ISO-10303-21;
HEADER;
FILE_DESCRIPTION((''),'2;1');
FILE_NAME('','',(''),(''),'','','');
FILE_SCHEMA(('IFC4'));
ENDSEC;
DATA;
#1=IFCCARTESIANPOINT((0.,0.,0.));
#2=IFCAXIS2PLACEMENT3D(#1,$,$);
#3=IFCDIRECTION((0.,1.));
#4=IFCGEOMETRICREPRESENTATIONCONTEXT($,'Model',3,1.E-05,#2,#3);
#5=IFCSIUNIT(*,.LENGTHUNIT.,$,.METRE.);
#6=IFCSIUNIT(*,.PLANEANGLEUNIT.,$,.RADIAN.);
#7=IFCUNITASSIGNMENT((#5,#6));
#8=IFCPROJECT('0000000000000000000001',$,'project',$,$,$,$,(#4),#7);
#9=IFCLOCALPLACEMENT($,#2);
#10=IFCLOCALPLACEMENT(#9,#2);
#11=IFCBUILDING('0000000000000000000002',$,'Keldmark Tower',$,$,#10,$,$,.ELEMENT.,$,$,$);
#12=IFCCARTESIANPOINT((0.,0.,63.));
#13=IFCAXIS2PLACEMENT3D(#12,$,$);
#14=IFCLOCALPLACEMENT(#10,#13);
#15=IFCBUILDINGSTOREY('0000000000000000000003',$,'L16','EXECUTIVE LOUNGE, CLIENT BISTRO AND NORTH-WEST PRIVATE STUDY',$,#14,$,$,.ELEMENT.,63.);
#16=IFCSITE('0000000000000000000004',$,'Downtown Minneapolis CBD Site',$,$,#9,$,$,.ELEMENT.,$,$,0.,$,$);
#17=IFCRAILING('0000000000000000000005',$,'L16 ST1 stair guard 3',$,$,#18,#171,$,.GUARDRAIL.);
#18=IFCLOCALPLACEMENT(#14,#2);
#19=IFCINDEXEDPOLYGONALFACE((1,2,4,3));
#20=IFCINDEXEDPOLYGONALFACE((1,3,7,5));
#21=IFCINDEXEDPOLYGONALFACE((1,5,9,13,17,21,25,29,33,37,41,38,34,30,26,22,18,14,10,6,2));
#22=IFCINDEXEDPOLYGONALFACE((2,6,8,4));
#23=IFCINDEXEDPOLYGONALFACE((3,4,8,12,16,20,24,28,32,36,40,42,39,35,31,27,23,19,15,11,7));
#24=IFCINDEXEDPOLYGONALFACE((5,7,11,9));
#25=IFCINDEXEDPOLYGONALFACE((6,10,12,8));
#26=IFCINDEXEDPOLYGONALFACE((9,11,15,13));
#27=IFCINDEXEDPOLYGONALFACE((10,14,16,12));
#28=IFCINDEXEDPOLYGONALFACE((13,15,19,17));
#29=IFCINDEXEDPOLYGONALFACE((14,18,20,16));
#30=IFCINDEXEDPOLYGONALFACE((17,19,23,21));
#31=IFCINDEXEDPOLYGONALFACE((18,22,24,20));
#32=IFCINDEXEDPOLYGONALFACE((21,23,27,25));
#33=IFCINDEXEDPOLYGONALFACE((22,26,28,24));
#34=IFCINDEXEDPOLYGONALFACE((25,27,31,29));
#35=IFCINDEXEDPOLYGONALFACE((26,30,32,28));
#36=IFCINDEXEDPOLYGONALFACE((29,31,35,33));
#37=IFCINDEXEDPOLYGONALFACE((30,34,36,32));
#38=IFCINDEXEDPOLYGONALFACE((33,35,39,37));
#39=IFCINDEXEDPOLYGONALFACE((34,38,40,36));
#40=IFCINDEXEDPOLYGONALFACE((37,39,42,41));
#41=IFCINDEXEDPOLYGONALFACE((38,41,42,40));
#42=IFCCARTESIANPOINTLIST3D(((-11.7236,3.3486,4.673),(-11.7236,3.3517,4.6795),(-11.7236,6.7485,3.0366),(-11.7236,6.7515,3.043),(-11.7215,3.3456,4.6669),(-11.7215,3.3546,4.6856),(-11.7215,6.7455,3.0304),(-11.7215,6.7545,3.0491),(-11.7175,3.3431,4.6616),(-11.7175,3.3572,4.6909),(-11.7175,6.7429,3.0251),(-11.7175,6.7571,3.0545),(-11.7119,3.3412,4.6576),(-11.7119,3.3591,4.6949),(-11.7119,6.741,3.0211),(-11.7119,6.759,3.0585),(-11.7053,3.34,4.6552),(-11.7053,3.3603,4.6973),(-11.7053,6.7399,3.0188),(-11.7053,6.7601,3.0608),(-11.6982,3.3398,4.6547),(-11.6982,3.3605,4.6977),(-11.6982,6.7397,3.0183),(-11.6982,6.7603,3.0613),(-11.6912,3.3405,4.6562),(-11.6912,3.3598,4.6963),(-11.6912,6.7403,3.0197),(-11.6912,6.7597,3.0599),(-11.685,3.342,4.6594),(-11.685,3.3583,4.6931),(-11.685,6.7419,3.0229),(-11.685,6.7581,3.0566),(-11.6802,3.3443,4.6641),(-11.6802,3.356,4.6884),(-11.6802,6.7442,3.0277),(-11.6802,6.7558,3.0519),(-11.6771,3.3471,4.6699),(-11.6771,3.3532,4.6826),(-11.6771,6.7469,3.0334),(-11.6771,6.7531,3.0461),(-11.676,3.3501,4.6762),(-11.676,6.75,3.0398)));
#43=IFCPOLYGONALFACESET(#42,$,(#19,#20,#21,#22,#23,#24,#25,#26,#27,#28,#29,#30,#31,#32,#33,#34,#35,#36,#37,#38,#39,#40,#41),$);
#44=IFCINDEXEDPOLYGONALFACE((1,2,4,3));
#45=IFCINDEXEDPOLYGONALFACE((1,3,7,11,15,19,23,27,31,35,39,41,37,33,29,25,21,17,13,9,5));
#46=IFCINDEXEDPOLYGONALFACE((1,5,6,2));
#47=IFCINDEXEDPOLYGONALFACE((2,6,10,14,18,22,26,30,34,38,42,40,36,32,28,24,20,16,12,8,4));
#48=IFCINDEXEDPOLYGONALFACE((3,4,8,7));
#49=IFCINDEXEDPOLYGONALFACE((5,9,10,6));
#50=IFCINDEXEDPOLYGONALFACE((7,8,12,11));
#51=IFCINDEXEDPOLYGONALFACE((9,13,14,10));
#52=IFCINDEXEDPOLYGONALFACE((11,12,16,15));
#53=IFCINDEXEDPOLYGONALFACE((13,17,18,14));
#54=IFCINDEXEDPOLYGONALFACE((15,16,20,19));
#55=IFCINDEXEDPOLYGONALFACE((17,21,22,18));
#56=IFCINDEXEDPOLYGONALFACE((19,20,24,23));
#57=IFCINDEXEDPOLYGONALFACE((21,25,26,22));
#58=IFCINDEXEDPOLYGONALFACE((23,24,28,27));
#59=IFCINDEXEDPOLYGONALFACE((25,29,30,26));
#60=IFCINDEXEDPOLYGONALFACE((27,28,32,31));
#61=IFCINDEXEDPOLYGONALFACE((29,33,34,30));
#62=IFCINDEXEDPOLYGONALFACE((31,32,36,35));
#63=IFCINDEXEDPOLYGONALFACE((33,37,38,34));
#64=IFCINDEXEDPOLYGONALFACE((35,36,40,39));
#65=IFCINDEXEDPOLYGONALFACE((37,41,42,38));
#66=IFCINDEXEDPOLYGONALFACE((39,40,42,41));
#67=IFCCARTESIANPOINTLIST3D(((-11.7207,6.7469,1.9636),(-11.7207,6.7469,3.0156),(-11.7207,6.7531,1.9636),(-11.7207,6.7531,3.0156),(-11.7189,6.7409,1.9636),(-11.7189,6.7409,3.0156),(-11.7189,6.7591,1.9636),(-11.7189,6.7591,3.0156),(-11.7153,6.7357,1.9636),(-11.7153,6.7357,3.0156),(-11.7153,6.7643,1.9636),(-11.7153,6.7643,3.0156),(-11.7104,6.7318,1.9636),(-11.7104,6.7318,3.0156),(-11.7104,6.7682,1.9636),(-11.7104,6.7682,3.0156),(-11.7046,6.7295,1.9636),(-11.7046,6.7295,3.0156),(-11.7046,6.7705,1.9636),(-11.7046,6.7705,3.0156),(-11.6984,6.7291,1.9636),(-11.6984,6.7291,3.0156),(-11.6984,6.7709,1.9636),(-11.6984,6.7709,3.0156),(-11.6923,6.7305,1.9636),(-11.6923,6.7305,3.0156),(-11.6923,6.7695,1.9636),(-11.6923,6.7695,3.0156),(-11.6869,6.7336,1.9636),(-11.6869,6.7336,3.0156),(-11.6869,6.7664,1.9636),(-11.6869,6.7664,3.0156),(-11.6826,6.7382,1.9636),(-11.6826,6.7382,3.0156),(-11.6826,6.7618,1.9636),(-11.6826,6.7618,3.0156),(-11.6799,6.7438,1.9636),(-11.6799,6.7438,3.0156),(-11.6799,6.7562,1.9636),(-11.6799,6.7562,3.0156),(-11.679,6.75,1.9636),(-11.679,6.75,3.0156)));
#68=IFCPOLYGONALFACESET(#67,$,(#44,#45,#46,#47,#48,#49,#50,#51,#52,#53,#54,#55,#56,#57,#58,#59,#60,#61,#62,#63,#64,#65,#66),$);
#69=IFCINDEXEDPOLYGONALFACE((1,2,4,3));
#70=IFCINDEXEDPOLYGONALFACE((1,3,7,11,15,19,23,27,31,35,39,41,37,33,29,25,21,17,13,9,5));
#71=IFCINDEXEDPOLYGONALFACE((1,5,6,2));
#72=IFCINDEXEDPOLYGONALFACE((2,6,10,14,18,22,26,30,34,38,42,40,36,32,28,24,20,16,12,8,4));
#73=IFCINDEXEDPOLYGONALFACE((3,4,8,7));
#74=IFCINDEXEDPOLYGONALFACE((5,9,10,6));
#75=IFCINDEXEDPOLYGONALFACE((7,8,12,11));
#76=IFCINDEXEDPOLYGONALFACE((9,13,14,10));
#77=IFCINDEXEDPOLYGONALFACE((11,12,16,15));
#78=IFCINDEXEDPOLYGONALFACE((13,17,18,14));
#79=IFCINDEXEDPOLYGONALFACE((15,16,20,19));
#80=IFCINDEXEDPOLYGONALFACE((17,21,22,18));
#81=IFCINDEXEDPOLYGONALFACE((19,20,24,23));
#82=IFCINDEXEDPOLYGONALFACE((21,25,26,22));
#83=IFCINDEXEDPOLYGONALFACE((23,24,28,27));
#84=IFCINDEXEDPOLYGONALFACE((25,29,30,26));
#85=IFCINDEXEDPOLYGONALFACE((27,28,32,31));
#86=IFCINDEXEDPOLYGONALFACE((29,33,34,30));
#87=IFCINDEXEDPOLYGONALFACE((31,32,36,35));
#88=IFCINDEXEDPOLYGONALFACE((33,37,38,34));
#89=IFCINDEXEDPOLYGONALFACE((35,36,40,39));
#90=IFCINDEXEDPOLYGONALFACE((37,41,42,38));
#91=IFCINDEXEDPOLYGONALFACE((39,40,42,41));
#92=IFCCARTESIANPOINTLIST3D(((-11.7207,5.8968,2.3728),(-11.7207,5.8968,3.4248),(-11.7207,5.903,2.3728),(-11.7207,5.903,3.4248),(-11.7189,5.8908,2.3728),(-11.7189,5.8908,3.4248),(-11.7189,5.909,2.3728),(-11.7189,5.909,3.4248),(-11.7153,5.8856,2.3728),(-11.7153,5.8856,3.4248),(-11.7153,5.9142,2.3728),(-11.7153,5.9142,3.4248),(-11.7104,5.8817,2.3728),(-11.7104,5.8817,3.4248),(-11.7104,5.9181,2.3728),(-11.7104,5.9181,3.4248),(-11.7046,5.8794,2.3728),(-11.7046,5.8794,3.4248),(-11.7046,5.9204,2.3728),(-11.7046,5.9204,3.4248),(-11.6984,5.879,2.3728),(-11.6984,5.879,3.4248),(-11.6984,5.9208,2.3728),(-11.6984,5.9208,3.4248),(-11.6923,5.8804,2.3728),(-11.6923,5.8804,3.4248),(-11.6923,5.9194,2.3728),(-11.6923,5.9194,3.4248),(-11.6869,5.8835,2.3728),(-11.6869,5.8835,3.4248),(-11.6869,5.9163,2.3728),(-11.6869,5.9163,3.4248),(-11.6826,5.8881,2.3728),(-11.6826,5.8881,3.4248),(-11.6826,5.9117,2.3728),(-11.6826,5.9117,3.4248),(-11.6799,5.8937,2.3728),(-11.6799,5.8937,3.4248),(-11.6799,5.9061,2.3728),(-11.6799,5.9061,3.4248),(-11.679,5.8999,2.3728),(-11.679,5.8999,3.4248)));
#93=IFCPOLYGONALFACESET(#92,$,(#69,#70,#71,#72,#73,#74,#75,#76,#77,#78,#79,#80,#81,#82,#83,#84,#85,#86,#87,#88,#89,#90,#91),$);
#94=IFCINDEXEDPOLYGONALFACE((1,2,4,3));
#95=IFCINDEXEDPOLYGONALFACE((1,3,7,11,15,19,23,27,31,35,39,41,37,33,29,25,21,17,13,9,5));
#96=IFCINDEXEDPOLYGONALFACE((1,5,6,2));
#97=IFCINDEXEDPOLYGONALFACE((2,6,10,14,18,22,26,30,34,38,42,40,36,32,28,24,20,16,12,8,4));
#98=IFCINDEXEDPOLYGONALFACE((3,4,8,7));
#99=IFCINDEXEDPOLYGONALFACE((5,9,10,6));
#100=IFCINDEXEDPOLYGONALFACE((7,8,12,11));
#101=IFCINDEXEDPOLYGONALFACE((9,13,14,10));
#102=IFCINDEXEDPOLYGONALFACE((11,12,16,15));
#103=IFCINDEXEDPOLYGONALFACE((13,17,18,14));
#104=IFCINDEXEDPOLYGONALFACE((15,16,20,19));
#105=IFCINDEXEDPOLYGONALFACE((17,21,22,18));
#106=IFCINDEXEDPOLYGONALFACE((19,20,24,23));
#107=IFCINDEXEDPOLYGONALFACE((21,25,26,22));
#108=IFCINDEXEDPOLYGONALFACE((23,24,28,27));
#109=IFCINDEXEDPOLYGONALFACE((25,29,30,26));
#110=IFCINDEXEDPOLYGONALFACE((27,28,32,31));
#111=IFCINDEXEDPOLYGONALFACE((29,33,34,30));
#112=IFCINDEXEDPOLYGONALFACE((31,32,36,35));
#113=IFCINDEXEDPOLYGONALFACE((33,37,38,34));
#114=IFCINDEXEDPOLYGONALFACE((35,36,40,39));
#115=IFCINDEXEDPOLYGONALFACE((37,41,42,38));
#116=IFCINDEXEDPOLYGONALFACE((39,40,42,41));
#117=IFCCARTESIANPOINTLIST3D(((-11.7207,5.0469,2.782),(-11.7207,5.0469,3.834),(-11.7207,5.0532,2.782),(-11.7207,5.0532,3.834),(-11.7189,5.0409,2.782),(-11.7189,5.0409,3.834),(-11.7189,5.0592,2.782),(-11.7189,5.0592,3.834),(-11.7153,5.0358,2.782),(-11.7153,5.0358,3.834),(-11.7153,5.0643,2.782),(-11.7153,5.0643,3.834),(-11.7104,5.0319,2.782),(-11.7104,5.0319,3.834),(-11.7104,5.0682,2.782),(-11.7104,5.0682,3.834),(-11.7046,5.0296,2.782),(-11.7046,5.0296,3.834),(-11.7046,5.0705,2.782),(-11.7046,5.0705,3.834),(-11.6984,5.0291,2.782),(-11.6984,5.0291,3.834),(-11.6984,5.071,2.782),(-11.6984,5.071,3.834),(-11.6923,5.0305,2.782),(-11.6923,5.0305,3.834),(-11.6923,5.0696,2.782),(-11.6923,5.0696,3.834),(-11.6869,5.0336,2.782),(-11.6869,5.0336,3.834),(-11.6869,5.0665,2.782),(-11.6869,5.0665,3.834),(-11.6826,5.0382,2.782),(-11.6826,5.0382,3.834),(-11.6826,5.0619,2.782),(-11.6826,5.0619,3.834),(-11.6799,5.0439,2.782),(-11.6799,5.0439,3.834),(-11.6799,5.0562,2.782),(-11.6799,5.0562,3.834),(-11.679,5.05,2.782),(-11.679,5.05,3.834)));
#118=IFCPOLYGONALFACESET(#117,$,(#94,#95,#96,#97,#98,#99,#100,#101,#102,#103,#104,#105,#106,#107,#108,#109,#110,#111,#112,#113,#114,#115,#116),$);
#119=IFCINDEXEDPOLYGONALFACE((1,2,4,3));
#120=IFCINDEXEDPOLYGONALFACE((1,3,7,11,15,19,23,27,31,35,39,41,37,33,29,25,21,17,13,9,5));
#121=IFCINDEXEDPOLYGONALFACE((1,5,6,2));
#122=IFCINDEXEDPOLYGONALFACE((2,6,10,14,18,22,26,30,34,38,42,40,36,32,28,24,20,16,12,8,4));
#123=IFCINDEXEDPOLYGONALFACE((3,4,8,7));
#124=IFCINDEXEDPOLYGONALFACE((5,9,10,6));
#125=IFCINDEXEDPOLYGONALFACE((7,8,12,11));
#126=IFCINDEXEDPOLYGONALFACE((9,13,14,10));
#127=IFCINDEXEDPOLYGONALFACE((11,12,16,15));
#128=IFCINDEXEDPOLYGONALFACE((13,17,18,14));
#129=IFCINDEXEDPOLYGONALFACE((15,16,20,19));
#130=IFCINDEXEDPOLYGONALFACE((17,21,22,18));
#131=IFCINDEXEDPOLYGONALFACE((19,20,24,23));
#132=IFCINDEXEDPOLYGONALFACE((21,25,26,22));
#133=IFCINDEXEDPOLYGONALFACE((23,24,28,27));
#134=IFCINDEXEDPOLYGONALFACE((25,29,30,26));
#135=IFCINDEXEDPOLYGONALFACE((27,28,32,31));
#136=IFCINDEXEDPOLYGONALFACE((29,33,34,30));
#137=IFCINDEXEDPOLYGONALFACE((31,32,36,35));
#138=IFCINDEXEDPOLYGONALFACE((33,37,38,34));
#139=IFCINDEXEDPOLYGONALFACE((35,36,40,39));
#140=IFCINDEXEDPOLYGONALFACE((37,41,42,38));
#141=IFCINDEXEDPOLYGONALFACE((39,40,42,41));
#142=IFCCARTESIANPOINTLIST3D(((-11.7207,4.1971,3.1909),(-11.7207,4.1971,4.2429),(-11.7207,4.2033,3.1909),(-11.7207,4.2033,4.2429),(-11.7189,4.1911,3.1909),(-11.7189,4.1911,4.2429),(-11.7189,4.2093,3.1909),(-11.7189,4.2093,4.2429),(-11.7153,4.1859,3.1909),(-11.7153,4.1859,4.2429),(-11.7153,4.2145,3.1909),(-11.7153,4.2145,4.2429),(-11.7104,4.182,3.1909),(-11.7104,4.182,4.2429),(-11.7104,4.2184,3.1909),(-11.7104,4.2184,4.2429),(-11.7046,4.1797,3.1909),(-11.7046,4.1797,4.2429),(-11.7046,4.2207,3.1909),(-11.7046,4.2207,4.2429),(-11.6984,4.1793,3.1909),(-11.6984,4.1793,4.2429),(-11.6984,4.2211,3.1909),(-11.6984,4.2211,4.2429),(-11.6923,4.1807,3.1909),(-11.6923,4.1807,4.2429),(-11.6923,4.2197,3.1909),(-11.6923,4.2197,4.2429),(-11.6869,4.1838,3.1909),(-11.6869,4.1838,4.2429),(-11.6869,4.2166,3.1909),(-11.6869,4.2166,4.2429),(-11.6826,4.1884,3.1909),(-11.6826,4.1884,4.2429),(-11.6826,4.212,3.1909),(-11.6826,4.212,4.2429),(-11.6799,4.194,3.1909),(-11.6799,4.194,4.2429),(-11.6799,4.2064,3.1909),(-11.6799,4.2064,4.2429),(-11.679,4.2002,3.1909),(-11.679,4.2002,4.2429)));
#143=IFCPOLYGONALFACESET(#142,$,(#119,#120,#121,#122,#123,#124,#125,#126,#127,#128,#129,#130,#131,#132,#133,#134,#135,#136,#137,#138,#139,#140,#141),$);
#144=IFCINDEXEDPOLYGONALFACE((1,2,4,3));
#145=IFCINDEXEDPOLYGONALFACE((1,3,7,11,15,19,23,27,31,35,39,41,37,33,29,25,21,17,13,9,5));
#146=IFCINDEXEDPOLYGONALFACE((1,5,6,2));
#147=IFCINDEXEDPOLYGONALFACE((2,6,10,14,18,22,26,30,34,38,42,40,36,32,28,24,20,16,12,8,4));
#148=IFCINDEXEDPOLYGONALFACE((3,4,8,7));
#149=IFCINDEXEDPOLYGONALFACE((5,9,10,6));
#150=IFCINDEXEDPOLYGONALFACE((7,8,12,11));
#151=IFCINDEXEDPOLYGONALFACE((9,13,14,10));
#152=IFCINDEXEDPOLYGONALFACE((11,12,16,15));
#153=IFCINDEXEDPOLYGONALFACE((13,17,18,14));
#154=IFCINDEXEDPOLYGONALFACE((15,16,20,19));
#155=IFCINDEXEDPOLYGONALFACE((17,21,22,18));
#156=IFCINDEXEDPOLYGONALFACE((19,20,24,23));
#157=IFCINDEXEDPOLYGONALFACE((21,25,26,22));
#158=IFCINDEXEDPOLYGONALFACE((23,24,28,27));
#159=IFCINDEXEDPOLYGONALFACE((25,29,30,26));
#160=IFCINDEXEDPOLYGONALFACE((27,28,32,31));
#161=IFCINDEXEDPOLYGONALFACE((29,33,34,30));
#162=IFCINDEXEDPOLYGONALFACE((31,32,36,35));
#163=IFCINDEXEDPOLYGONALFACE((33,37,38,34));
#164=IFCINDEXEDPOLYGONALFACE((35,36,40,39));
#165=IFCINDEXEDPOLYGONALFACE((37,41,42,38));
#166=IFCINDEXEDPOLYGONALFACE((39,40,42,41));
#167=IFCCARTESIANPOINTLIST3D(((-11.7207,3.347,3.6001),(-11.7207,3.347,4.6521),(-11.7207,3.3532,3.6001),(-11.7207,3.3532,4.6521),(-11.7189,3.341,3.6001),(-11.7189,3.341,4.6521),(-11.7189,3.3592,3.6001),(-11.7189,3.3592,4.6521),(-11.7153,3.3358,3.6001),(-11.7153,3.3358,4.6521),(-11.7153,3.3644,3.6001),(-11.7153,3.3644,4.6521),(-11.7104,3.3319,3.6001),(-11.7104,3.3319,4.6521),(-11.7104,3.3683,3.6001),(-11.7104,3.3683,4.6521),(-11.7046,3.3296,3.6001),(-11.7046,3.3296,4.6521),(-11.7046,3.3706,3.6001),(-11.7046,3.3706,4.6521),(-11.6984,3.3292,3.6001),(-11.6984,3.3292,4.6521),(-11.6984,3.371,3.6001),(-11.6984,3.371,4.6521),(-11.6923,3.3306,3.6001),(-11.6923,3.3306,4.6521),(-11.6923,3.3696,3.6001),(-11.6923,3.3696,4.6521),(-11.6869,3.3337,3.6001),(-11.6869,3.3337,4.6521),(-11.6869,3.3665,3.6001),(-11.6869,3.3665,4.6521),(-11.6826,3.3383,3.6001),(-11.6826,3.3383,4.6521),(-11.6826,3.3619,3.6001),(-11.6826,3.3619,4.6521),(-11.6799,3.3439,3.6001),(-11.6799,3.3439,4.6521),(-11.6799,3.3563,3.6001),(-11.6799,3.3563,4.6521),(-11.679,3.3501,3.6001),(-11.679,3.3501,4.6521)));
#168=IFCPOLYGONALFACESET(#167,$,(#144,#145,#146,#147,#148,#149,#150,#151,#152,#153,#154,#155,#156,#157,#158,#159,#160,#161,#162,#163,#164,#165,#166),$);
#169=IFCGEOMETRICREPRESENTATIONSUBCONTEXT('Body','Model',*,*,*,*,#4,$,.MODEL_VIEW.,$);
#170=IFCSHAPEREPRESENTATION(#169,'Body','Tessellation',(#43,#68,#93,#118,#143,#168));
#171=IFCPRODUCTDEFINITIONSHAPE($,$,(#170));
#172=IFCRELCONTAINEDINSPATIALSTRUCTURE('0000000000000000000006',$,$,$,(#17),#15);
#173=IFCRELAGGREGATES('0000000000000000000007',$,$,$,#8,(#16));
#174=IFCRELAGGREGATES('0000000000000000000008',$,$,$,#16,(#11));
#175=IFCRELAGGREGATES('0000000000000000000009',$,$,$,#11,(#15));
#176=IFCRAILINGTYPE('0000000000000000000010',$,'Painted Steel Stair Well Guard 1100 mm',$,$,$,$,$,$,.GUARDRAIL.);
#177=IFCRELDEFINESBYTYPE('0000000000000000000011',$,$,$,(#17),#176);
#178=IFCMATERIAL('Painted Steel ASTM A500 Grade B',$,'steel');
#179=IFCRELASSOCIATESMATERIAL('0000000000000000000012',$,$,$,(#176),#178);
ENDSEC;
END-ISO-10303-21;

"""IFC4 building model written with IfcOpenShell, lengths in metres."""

from ifc_helpers import new_model, si_unit, direction, frame, origin, origin_2d, place, context, subcontext, project, spatial, circle, extrude, material, type_object, element, save


model = new_model("IFC4")

# Units and contexts
model_context = context("Model", 3, precision=1e-05, world=origin(), true_north=direction((0.0, 1.0)))
body_context = subcontext(model_context, "Body", "Model", "MODEL_VIEW")
ifc_project = project(units=[si_unit("LENGTHUNIT", "METRE"), si_unit("PLANEANGLEUNIT", "RADIAN")], contexts=[model_context])

# Site, building, storey
site_placement = place(None, origin())
site = spatial("IfcSite", under=ifc_project, at=site_placement, Name="Downtown Minneapolis CBD Site", CompositionType="ELEMENT", RefElevation=0.0)
building_placement = place(site_placement, origin())
building = spatial("IfcBuilding", under=site, at=building_placement, Name="Keldmark Tower", CompositionType="ELEMENT")
storey_placement = place(building_placement, frame((0.0, 0.0, 63.0)))
storey = spatial("IfcBuildingStorey", under=building, at=storey_placement, Name="L16", Description="EXECUTIVE LOUNGE, CLIENT BISTRO AND NORTH-WEST PRIVATE STUDY", CompositionType="ELEMENT", Elevation=63.0)

# Railing
ifc_material_1 = material(Name="Painted Steel ASTM A500 Grade B", Category="steel")
railing_type_1 = type_object("IfcRailingType", Name="Painted Steel Stair Well Guard 1100 mm", PredefinedType="GUARDRAIL", material=ifc_material_1)
railing_1_placement = place(storey_placement, frame((-11.7, 6.75, 1.9636)))
element("IfcRailing", 1, at=railing_1_placement, inside=storey, type_object=railing_type_1, Name="L16 ST1 stair guard 3", PredefinedType="GUARDRAIL", context=body_context, shape_type="SweptSolid", body=[
    extrude(circle(Radius=0.0239, at=origin_2d()), frame((0.0, 0.0, 1.0762), z_axis=(0.0, -0.901055, 0.433705), x_axis=(1.0, 0.0, 0.0)), (0.0, 0.0, 1.0), 3.7732),
    extrude(circle(Radius=0.021, at=origin_2d()), origin(), (0.0, 0.0, 1.0), 1.052),
    extrude(circle(Radius=0.021, at=origin_2d()), frame((0.0, -0.8501, 0.4092)), (0.0, 0.0, 1.0), 1.052),
    extrude(circle(Radius=0.021, at=origin_2d()), frame((0.0, -1.7, 0.8184)), (0.0, 0.0, 1.0), 1.052),
    extrude(circle(Radius=0.021, at=origin_2d()), frame((0.0, -2.5498, 1.2273)), (0.0, 0.0, 1.0), 1.052),
    extrude(circle(Radius=0.021, at=origin_2d()), frame((0.0, -3.3999, 1.6365)), (0.0, 0.0, 1.0), 1.052),
])

save(model, "model.ifc")
